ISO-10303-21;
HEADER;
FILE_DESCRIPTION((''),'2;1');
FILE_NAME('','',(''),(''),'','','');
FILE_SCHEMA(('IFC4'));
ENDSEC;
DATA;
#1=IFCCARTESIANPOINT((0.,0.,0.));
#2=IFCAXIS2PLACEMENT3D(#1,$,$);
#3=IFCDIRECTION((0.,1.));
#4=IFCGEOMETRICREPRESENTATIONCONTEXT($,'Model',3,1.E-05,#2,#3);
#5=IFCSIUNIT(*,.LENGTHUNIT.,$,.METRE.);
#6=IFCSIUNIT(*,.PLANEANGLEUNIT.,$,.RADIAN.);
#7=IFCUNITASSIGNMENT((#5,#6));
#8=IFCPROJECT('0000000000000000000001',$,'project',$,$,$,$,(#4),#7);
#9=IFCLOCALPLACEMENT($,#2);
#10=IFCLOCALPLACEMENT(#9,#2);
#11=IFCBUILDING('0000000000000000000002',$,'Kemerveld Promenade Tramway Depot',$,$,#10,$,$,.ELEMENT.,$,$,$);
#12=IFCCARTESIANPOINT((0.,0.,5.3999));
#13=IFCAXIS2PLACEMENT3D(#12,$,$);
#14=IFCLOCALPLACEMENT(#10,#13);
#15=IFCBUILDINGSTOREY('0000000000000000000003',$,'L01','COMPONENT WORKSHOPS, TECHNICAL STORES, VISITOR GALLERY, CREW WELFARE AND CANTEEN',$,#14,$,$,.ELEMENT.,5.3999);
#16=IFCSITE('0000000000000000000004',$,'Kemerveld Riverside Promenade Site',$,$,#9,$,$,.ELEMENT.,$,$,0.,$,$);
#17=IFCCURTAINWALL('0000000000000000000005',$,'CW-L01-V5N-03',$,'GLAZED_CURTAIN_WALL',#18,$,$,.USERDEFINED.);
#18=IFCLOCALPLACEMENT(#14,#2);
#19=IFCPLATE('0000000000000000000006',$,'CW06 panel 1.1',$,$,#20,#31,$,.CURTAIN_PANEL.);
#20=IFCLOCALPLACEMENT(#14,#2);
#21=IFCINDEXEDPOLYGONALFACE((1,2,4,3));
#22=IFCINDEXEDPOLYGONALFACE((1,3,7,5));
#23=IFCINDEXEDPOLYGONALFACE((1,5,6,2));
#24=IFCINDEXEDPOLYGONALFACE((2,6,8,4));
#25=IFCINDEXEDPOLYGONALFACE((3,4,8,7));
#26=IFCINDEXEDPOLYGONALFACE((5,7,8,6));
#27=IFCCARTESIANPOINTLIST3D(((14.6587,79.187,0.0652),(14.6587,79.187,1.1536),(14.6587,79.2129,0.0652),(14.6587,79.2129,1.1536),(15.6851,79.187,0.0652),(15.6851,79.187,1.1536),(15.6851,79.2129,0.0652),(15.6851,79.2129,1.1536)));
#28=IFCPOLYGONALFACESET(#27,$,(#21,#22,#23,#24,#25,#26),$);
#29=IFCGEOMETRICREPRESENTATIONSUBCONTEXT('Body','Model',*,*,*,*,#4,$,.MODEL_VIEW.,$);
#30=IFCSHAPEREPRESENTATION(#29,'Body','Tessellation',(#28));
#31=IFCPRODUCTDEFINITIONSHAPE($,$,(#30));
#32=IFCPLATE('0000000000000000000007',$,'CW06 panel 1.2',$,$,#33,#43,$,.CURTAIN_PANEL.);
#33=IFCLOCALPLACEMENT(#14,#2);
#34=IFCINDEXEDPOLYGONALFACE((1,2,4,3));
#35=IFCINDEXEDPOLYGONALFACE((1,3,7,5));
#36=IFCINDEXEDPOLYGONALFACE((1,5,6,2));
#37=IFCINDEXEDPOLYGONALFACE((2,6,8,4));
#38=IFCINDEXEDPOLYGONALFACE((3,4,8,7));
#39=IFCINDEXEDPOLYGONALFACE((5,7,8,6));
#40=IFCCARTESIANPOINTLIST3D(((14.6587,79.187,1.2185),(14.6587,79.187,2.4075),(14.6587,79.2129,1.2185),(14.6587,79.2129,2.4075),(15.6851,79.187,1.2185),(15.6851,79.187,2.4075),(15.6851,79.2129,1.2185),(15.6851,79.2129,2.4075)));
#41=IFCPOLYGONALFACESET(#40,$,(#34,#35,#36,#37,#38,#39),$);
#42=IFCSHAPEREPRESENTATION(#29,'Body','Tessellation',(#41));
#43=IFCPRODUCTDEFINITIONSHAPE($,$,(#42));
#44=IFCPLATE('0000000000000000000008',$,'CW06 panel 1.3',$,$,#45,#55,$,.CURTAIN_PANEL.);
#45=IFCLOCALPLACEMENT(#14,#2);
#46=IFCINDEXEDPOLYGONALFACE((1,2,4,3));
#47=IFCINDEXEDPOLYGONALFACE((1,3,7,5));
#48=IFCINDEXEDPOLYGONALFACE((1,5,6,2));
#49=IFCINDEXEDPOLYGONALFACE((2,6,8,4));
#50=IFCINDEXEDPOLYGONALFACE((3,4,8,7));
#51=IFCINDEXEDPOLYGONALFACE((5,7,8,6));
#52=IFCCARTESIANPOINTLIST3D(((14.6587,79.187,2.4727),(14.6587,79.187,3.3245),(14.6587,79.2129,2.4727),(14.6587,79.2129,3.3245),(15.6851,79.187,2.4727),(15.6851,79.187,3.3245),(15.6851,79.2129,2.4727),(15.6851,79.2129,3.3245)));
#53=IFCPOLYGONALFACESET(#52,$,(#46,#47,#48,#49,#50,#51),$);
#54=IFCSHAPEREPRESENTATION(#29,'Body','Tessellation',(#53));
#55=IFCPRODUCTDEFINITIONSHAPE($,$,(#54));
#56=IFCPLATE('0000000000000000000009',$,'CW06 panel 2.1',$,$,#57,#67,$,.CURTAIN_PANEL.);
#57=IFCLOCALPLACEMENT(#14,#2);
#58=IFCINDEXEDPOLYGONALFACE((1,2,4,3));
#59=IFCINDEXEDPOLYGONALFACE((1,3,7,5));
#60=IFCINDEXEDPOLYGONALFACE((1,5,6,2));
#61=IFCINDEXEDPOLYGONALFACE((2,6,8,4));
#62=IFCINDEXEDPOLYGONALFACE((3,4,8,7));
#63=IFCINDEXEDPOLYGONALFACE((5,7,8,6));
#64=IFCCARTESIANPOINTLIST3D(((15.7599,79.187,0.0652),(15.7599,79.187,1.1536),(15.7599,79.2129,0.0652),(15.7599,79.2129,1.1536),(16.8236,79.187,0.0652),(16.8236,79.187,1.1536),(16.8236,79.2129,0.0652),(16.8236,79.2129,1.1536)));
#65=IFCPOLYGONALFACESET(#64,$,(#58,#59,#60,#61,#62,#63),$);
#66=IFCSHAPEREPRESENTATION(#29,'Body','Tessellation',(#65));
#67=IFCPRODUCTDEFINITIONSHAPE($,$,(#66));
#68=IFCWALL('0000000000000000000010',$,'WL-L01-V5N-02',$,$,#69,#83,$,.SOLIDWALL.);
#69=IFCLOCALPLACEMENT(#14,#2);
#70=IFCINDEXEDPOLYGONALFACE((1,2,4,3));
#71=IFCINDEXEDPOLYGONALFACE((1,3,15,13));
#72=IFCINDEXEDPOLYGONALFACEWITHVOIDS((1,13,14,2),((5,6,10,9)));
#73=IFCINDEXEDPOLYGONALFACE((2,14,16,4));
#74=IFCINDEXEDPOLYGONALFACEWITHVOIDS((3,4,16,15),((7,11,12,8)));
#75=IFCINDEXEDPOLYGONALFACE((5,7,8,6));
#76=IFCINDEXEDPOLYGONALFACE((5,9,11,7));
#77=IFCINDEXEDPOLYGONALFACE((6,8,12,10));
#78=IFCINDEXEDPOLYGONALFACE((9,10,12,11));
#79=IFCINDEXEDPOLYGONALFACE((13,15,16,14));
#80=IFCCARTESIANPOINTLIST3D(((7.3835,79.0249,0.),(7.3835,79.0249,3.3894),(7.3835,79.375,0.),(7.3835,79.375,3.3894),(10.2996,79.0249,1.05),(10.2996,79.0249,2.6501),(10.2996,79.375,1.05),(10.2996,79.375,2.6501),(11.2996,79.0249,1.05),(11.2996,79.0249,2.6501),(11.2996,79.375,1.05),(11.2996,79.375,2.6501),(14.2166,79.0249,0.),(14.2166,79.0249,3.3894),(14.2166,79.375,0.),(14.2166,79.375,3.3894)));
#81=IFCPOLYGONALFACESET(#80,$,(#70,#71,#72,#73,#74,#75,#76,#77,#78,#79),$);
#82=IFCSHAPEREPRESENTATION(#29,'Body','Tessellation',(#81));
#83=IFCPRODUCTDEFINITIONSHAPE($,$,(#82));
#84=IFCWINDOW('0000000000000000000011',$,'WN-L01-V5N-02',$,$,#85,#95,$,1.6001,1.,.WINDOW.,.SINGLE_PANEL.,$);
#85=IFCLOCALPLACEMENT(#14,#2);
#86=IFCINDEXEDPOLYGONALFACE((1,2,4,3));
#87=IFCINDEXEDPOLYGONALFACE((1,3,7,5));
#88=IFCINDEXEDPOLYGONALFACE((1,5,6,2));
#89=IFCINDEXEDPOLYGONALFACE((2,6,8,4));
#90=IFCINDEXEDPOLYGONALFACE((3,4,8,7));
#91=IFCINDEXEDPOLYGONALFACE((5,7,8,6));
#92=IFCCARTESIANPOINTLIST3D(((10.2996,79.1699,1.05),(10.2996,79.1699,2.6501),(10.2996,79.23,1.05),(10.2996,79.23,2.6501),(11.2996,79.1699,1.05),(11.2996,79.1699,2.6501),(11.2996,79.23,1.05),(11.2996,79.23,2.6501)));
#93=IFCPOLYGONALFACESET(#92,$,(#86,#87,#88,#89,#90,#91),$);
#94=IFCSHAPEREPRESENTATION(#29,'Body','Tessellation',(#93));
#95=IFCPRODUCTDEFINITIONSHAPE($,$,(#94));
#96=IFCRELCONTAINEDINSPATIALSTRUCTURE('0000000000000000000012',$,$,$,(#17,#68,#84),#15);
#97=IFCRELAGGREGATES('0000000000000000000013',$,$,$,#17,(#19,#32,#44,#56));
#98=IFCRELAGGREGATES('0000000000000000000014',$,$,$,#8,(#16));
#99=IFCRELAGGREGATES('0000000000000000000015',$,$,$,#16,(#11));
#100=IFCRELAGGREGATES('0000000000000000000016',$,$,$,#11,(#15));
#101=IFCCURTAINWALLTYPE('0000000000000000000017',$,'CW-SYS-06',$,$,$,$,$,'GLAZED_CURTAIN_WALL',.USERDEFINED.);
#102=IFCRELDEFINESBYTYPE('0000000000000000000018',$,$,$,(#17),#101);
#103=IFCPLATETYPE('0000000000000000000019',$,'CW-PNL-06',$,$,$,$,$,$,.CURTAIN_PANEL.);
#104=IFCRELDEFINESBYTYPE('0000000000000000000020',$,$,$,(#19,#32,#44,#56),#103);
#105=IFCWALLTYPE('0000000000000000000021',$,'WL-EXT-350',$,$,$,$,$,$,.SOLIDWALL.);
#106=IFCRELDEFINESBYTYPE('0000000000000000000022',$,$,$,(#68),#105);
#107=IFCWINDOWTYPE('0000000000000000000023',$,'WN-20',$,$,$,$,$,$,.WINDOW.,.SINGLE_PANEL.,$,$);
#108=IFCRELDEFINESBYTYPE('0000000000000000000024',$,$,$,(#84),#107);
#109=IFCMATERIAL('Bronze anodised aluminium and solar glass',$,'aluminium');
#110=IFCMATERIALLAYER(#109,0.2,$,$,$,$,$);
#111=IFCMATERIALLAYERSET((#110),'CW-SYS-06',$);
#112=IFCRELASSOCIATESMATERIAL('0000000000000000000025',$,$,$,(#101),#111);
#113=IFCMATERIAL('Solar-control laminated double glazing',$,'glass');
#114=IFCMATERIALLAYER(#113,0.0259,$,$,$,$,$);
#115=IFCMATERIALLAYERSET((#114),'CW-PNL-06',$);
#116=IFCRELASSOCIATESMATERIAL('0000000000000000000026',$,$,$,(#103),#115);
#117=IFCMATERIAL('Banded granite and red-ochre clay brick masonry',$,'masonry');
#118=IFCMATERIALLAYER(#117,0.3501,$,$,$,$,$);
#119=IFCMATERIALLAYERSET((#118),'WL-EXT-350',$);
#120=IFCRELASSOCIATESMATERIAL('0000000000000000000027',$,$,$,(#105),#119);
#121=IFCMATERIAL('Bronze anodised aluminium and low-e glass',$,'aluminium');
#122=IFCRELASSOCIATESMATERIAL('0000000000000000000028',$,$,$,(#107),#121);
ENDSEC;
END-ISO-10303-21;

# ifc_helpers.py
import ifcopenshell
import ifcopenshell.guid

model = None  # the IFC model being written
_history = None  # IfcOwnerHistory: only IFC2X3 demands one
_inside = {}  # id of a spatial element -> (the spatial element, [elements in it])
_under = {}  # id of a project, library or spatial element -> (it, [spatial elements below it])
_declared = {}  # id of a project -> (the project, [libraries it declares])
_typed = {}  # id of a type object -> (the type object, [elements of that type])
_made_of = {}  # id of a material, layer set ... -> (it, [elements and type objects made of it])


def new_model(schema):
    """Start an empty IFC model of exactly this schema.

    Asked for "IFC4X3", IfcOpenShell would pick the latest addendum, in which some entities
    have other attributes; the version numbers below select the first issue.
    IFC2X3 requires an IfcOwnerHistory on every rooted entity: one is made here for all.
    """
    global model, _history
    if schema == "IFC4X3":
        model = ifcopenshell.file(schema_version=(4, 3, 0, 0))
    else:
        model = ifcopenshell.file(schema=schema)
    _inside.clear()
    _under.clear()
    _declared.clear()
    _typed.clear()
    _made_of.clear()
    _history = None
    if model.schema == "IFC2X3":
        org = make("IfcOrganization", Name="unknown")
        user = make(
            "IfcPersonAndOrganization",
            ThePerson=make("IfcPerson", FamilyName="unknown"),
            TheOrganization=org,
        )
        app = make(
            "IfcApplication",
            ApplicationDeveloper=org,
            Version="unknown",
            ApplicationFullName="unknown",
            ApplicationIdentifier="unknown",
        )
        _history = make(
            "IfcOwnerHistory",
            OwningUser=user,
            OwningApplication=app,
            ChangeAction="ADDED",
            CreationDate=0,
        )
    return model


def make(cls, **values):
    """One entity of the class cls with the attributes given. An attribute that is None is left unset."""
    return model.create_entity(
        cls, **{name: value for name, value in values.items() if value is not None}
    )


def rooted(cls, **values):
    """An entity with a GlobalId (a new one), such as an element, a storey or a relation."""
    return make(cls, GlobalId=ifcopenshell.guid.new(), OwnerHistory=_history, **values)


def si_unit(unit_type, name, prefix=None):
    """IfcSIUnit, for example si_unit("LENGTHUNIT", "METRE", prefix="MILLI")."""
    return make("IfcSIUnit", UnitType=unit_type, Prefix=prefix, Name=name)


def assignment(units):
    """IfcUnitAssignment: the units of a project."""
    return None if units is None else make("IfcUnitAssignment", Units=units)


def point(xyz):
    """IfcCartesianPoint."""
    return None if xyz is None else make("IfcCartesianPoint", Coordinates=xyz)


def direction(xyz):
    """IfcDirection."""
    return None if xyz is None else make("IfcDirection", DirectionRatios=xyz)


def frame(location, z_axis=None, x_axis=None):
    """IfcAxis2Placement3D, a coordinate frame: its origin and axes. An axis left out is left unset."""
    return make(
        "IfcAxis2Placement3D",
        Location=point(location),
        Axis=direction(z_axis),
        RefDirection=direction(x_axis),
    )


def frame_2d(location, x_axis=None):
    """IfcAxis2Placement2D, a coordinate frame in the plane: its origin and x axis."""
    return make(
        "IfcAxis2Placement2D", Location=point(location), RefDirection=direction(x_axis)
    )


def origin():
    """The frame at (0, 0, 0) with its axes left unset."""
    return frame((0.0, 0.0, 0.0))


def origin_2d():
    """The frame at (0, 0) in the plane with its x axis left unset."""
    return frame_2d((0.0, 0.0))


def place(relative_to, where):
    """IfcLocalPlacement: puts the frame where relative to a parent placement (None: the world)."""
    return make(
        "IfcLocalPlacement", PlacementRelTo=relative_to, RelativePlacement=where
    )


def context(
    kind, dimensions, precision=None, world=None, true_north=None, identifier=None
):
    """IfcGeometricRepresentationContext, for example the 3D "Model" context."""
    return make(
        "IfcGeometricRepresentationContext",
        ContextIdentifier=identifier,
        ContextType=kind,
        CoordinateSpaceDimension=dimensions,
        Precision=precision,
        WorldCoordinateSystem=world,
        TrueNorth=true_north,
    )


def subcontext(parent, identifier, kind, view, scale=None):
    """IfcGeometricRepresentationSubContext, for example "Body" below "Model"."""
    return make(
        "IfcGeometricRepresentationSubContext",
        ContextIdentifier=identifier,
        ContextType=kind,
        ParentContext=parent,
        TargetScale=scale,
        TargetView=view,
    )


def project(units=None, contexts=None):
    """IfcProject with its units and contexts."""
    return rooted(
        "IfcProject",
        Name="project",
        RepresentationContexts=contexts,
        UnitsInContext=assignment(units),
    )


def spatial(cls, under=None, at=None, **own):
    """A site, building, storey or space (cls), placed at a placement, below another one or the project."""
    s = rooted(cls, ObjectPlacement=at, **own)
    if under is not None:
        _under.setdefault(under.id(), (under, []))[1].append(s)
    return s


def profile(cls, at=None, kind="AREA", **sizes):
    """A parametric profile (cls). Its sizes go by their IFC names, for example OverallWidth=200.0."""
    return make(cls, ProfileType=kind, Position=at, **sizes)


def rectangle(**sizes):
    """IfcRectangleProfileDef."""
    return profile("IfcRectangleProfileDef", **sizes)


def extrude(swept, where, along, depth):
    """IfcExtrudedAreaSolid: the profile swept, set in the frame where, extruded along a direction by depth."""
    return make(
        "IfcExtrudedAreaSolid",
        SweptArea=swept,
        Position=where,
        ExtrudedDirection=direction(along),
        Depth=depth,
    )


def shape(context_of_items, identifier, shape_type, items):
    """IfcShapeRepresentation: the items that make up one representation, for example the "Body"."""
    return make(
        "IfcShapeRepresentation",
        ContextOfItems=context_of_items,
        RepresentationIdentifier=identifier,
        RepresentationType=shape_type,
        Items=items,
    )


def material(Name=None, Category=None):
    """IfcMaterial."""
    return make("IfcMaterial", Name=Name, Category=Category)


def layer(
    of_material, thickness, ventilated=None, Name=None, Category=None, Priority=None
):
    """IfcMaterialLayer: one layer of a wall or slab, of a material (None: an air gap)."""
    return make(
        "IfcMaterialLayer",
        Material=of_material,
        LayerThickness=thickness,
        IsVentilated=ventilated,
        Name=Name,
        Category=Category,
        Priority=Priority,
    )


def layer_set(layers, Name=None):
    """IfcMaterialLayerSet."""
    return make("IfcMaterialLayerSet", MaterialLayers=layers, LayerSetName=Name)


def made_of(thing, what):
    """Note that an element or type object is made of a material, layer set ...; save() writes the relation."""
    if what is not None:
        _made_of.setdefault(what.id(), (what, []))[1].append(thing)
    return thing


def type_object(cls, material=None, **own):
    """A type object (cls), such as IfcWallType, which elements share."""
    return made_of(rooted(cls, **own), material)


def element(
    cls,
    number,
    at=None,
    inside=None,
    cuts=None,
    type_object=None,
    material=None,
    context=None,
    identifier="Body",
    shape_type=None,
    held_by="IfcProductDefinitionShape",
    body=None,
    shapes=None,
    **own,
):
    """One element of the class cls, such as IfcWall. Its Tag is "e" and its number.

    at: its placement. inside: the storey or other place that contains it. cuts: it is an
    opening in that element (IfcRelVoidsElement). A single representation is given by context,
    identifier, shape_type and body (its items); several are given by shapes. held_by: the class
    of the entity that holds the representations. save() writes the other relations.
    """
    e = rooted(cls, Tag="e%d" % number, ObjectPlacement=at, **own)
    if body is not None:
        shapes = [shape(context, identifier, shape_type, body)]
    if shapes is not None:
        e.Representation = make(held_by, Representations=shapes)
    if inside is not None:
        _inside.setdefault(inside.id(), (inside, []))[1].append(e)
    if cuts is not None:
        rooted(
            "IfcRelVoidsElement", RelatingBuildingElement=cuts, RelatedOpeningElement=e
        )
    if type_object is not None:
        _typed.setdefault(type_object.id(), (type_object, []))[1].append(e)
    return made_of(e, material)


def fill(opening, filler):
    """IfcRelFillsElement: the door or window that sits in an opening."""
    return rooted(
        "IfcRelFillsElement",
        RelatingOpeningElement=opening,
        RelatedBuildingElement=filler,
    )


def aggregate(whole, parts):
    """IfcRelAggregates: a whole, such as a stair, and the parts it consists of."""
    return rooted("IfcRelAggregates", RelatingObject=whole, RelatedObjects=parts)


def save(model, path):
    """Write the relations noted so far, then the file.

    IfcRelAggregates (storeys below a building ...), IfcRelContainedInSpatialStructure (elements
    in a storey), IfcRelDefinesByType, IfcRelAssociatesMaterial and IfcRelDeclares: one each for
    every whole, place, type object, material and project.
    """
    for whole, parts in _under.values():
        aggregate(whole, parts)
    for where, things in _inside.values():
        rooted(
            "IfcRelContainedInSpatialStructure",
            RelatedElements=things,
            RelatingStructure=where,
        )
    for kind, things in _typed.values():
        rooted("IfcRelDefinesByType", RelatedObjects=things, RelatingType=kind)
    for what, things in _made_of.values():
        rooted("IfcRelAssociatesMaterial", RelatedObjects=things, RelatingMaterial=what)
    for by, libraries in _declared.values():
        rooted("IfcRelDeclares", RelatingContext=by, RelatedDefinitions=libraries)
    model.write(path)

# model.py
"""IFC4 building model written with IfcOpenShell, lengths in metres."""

from ifc_helpers import new_model, si_unit, direction, frame, frame_2d, origin, origin_2d, place, context, subcontext, project, spatial, rectangle, extrude, material, layer, layer_set, type_object, element, fill, aggregate, save


model = new_model("IFC4")

# Units and contexts
model_context = context("Model", 3, precision=1e-05, world=origin(), true_north=direction((0.0, 1.0)))
body_context = subcontext(model_context, "Body", "Model", "MODEL_VIEW")
ifc_project = project(units=[si_unit("LENGTHUNIT", "METRE"), si_unit("PLANEANGLEUNIT", "RADIAN")], contexts=[model_context])

# Site, building, storey
site_placement = place(None, origin())
site = spatial("IfcSite", under=ifc_project, at=site_placement, Name="Kemerveld Riverside Promenade Site", CompositionType="ELEMENT", RefElevation=0.0)
building_placement = place(site_placement, origin())
building = spatial("IfcBuilding", under=site, at=building_placement, Name="Kemerveld Promenade Tramway Depot", CompositionType="ELEMENT")
storey_placement = place(building_placement, frame((0.0, 0.0, 5.3999)))
storey = spatial("IfcBuildingStorey", under=building, at=storey_placement, Name="L01", Description="COMPONENT WORKSHOPS, TECHNICAL STORES, VISITOR GALLERY, CREW WELFARE AND CANTEEN", CompositionType="ELEMENT", Elevation=5.3999)

# Curtain wall
ifc_material_1 = material(Name="Bronze anodised aluminium and solar glass", Category="aluminium")
ifc_layer_1 = layer(ifc_material_1, 0.2)
ifc_layer_set_1 = layer_set([ifc_layer_1], Name="CW-SYS-06")
curtain_wall_type_1 = type_object("IfcCurtainWallType", Name="CW-SYS-06", ElementType="GLAZED_CURTAIN_WALL", PredefinedType="USERDEFINED", material=ifc_layer_set_1)
curtain_wall_1_placement = place(storey_placement, origin())
curtain_wall_1 = element("IfcCurtainWall", 1, at=curtain_wall_1_placement, inside=storey, type_object=curtain_wall_type_1, Name="CW-L01-V5N-03", ObjectType="GLAZED_CURTAIN_WALL", PredefinedType="USERDEFINED")

# Plates
ifc_material_2 = material(Name="Solar-control laminated double glazing", Category="glass")
ifc_layer_2 = layer(ifc_material_2, 0.0259)
ifc_layer_set_2 = layer_set([ifc_layer_2], Name="CW-PNL-06")
plate_type_1 = type_object("IfcPlateType", Name="CW-PNL-06", PredefinedType="CURTAIN_PANEL", material=ifc_layer_set_2)
plate_1_placement = place(storey_placement, frame((15.1719, 79.2, 0.0652), z_axis=(0.0, 0.0, 1.0), x_axis=(1.0, 0.0, 0.0)))
plate_1 = element("IfcPlate", 2, at=plate_1_placement, type_object=plate_type_1, Name="CW06 panel 1.1", PredefinedType="CURTAIN_PANEL", context=body_context, shape_type="SweptSolid", body=[
    extrude(rectangle(XDim=1.0264, YDim=0.0259, at=origin_2d()), origin(), (0.0, 0.0, 1.0), 1.0884),
])
plate_2_placement = place(storey_placement, frame((15.1719, 79.2, 1.2185), z_axis=(0.0, 0.0, 1.0), x_axis=(1.0, 0.0, 0.0)))
plate_2 = element("IfcPlate", 3, at=plate_2_placement, type_object=plate_type_1, Name="CW06 panel 1.2", PredefinedType="CURTAIN_PANEL", context=body_context, shape_type="SweptSolid", body=[
    extrude(rectangle(XDim=1.0264, YDim=0.0259, at=origin_2d()), origin(), (0.0, 0.0, 1.0), 1.189),
])
plate_3_placement = place(storey_placement, frame((15.1719, 79.2, 2.4727), z_axis=(0.0, 0.0, 1.0), x_axis=(1.0, 0.0, 0.0)))
plate_3 = element("IfcPlate", 4, at=plate_3_placement, type_object=plate_type_1, Name="CW06 panel 1.3", PredefinedType="CURTAIN_PANEL", context=body_context, shape_type="SweptSolid", body=[
    extrude(rectangle(XDim=1.0264, YDim=0.0259, at=origin_2d()), origin(), (0.0, 0.0, 1.0), 0.8518),
])
plate_4_placement = place(storey_placement, frame((16.2917, 79.2, 0.0652), z_axis=(0.0, 0.0, 1.0), x_axis=(1.0, 0.0, 0.0)))
plate_4 = element("IfcPlate", 5, at=plate_4_placement, type_object=plate_type_1, Name="CW06 panel 2.1", PredefinedType="CURTAIN_PANEL", context=body_context, shape_type="SweptSolid", body=[
    extrude(rectangle(XDim=1.0637, YDim=0.0259, at=origin_2d()), origin(), (0.0, 0.0, 1.0), 1.0884),
])
aggregate(curtain_wall_1, [plate_1, plate_2, plate_3, plate_4])

# Wall, opening, window
ifc_material_3 = material(Name="Banded granite and red-ochre clay brick masonry", Category="masonry")
ifc_layer_3 = layer(ifc_material_3, 0.3501)
ifc_layer_set_3 = layer_set([ifc_layer_3], Name="WL-EXT-350")
wall_type = type_object("IfcWallType", Name="WL-EXT-350", PredefinedType="SOLIDWALL", material=ifc_layer_set_3)
wall_placement = place(storey_placement, frame((7.3835, 79.2, 0.0), z_axis=(0.0, 0.0, 1.0), x_axis=(1.0, 0.0, 0.0)))
wall = element("IfcWall", 6, at=wall_placement, inside=storey, type_object=wall_type, Name="WL-L01-V5N-02", PredefinedType="SOLIDWALL", context=body_context, shape_type="SweptSolid", body=[
    extrude(rectangle(XDim=6.833, YDim=0.3501, at=frame_2d((3.4165, 0.0))), origin(), (0.0, 0.0, 1.0), 3.3894),
])
opening_placement = place(wall_placement, frame((2.916, 0.0, 1.05)))
opening = element("IfcOpeningElement", 7, at=opening_placement, cuts=wall, PredefinedType="OPENING", context=body_context, shape_type="SweptSolid", body=[
    extrude(rectangle(XDim=1.0, YDim=1.6001, at=frame_2d((0.5, 0.8))), frame((0.0, 0.1851, 0.0), z_axis=(0.0, -1.0, 0.0), x_axis=(1.0, 0.0, 0.0)), (0.0, 0.0, 1.0), 0.3701),
])
ifc_material_4 = material(Name="Bronze anodised aluminium and low-e glass", Category="aluminium")
window_type = type_object("IfcWindowType", Name="WN-20", PartitioningType="SINGLE_PANEL", PredefinedType="WINDOW", material=ifc_material_4)
window_placement = place(opening_placement, origin())
window = element("IfcWindow", 8, at=window_placement, inside=storey, type_object=window_type, Name="WN-L01-V5N-02", OverallHeight=1.6001, OverallWidth=1.0, PartitioningType="SINGLE_PANEL", PredefinedType="WINDOW", context=body_context, shape_type="SweptSolid", body=[
    extrude(rectangle(XDim=1.0, YDim=1.6001, at=frame_2d((0.5, 0.8))), frame((0.0, 0.03, 0.0), z_axis=(0.0, -1.0, 0.0), x_axis=(1.0, 0.0, 0.0)), (0.0, 0.0, 1.0), 0.0601),
])
fill(opening, window)

save(model, "model.ifc")
